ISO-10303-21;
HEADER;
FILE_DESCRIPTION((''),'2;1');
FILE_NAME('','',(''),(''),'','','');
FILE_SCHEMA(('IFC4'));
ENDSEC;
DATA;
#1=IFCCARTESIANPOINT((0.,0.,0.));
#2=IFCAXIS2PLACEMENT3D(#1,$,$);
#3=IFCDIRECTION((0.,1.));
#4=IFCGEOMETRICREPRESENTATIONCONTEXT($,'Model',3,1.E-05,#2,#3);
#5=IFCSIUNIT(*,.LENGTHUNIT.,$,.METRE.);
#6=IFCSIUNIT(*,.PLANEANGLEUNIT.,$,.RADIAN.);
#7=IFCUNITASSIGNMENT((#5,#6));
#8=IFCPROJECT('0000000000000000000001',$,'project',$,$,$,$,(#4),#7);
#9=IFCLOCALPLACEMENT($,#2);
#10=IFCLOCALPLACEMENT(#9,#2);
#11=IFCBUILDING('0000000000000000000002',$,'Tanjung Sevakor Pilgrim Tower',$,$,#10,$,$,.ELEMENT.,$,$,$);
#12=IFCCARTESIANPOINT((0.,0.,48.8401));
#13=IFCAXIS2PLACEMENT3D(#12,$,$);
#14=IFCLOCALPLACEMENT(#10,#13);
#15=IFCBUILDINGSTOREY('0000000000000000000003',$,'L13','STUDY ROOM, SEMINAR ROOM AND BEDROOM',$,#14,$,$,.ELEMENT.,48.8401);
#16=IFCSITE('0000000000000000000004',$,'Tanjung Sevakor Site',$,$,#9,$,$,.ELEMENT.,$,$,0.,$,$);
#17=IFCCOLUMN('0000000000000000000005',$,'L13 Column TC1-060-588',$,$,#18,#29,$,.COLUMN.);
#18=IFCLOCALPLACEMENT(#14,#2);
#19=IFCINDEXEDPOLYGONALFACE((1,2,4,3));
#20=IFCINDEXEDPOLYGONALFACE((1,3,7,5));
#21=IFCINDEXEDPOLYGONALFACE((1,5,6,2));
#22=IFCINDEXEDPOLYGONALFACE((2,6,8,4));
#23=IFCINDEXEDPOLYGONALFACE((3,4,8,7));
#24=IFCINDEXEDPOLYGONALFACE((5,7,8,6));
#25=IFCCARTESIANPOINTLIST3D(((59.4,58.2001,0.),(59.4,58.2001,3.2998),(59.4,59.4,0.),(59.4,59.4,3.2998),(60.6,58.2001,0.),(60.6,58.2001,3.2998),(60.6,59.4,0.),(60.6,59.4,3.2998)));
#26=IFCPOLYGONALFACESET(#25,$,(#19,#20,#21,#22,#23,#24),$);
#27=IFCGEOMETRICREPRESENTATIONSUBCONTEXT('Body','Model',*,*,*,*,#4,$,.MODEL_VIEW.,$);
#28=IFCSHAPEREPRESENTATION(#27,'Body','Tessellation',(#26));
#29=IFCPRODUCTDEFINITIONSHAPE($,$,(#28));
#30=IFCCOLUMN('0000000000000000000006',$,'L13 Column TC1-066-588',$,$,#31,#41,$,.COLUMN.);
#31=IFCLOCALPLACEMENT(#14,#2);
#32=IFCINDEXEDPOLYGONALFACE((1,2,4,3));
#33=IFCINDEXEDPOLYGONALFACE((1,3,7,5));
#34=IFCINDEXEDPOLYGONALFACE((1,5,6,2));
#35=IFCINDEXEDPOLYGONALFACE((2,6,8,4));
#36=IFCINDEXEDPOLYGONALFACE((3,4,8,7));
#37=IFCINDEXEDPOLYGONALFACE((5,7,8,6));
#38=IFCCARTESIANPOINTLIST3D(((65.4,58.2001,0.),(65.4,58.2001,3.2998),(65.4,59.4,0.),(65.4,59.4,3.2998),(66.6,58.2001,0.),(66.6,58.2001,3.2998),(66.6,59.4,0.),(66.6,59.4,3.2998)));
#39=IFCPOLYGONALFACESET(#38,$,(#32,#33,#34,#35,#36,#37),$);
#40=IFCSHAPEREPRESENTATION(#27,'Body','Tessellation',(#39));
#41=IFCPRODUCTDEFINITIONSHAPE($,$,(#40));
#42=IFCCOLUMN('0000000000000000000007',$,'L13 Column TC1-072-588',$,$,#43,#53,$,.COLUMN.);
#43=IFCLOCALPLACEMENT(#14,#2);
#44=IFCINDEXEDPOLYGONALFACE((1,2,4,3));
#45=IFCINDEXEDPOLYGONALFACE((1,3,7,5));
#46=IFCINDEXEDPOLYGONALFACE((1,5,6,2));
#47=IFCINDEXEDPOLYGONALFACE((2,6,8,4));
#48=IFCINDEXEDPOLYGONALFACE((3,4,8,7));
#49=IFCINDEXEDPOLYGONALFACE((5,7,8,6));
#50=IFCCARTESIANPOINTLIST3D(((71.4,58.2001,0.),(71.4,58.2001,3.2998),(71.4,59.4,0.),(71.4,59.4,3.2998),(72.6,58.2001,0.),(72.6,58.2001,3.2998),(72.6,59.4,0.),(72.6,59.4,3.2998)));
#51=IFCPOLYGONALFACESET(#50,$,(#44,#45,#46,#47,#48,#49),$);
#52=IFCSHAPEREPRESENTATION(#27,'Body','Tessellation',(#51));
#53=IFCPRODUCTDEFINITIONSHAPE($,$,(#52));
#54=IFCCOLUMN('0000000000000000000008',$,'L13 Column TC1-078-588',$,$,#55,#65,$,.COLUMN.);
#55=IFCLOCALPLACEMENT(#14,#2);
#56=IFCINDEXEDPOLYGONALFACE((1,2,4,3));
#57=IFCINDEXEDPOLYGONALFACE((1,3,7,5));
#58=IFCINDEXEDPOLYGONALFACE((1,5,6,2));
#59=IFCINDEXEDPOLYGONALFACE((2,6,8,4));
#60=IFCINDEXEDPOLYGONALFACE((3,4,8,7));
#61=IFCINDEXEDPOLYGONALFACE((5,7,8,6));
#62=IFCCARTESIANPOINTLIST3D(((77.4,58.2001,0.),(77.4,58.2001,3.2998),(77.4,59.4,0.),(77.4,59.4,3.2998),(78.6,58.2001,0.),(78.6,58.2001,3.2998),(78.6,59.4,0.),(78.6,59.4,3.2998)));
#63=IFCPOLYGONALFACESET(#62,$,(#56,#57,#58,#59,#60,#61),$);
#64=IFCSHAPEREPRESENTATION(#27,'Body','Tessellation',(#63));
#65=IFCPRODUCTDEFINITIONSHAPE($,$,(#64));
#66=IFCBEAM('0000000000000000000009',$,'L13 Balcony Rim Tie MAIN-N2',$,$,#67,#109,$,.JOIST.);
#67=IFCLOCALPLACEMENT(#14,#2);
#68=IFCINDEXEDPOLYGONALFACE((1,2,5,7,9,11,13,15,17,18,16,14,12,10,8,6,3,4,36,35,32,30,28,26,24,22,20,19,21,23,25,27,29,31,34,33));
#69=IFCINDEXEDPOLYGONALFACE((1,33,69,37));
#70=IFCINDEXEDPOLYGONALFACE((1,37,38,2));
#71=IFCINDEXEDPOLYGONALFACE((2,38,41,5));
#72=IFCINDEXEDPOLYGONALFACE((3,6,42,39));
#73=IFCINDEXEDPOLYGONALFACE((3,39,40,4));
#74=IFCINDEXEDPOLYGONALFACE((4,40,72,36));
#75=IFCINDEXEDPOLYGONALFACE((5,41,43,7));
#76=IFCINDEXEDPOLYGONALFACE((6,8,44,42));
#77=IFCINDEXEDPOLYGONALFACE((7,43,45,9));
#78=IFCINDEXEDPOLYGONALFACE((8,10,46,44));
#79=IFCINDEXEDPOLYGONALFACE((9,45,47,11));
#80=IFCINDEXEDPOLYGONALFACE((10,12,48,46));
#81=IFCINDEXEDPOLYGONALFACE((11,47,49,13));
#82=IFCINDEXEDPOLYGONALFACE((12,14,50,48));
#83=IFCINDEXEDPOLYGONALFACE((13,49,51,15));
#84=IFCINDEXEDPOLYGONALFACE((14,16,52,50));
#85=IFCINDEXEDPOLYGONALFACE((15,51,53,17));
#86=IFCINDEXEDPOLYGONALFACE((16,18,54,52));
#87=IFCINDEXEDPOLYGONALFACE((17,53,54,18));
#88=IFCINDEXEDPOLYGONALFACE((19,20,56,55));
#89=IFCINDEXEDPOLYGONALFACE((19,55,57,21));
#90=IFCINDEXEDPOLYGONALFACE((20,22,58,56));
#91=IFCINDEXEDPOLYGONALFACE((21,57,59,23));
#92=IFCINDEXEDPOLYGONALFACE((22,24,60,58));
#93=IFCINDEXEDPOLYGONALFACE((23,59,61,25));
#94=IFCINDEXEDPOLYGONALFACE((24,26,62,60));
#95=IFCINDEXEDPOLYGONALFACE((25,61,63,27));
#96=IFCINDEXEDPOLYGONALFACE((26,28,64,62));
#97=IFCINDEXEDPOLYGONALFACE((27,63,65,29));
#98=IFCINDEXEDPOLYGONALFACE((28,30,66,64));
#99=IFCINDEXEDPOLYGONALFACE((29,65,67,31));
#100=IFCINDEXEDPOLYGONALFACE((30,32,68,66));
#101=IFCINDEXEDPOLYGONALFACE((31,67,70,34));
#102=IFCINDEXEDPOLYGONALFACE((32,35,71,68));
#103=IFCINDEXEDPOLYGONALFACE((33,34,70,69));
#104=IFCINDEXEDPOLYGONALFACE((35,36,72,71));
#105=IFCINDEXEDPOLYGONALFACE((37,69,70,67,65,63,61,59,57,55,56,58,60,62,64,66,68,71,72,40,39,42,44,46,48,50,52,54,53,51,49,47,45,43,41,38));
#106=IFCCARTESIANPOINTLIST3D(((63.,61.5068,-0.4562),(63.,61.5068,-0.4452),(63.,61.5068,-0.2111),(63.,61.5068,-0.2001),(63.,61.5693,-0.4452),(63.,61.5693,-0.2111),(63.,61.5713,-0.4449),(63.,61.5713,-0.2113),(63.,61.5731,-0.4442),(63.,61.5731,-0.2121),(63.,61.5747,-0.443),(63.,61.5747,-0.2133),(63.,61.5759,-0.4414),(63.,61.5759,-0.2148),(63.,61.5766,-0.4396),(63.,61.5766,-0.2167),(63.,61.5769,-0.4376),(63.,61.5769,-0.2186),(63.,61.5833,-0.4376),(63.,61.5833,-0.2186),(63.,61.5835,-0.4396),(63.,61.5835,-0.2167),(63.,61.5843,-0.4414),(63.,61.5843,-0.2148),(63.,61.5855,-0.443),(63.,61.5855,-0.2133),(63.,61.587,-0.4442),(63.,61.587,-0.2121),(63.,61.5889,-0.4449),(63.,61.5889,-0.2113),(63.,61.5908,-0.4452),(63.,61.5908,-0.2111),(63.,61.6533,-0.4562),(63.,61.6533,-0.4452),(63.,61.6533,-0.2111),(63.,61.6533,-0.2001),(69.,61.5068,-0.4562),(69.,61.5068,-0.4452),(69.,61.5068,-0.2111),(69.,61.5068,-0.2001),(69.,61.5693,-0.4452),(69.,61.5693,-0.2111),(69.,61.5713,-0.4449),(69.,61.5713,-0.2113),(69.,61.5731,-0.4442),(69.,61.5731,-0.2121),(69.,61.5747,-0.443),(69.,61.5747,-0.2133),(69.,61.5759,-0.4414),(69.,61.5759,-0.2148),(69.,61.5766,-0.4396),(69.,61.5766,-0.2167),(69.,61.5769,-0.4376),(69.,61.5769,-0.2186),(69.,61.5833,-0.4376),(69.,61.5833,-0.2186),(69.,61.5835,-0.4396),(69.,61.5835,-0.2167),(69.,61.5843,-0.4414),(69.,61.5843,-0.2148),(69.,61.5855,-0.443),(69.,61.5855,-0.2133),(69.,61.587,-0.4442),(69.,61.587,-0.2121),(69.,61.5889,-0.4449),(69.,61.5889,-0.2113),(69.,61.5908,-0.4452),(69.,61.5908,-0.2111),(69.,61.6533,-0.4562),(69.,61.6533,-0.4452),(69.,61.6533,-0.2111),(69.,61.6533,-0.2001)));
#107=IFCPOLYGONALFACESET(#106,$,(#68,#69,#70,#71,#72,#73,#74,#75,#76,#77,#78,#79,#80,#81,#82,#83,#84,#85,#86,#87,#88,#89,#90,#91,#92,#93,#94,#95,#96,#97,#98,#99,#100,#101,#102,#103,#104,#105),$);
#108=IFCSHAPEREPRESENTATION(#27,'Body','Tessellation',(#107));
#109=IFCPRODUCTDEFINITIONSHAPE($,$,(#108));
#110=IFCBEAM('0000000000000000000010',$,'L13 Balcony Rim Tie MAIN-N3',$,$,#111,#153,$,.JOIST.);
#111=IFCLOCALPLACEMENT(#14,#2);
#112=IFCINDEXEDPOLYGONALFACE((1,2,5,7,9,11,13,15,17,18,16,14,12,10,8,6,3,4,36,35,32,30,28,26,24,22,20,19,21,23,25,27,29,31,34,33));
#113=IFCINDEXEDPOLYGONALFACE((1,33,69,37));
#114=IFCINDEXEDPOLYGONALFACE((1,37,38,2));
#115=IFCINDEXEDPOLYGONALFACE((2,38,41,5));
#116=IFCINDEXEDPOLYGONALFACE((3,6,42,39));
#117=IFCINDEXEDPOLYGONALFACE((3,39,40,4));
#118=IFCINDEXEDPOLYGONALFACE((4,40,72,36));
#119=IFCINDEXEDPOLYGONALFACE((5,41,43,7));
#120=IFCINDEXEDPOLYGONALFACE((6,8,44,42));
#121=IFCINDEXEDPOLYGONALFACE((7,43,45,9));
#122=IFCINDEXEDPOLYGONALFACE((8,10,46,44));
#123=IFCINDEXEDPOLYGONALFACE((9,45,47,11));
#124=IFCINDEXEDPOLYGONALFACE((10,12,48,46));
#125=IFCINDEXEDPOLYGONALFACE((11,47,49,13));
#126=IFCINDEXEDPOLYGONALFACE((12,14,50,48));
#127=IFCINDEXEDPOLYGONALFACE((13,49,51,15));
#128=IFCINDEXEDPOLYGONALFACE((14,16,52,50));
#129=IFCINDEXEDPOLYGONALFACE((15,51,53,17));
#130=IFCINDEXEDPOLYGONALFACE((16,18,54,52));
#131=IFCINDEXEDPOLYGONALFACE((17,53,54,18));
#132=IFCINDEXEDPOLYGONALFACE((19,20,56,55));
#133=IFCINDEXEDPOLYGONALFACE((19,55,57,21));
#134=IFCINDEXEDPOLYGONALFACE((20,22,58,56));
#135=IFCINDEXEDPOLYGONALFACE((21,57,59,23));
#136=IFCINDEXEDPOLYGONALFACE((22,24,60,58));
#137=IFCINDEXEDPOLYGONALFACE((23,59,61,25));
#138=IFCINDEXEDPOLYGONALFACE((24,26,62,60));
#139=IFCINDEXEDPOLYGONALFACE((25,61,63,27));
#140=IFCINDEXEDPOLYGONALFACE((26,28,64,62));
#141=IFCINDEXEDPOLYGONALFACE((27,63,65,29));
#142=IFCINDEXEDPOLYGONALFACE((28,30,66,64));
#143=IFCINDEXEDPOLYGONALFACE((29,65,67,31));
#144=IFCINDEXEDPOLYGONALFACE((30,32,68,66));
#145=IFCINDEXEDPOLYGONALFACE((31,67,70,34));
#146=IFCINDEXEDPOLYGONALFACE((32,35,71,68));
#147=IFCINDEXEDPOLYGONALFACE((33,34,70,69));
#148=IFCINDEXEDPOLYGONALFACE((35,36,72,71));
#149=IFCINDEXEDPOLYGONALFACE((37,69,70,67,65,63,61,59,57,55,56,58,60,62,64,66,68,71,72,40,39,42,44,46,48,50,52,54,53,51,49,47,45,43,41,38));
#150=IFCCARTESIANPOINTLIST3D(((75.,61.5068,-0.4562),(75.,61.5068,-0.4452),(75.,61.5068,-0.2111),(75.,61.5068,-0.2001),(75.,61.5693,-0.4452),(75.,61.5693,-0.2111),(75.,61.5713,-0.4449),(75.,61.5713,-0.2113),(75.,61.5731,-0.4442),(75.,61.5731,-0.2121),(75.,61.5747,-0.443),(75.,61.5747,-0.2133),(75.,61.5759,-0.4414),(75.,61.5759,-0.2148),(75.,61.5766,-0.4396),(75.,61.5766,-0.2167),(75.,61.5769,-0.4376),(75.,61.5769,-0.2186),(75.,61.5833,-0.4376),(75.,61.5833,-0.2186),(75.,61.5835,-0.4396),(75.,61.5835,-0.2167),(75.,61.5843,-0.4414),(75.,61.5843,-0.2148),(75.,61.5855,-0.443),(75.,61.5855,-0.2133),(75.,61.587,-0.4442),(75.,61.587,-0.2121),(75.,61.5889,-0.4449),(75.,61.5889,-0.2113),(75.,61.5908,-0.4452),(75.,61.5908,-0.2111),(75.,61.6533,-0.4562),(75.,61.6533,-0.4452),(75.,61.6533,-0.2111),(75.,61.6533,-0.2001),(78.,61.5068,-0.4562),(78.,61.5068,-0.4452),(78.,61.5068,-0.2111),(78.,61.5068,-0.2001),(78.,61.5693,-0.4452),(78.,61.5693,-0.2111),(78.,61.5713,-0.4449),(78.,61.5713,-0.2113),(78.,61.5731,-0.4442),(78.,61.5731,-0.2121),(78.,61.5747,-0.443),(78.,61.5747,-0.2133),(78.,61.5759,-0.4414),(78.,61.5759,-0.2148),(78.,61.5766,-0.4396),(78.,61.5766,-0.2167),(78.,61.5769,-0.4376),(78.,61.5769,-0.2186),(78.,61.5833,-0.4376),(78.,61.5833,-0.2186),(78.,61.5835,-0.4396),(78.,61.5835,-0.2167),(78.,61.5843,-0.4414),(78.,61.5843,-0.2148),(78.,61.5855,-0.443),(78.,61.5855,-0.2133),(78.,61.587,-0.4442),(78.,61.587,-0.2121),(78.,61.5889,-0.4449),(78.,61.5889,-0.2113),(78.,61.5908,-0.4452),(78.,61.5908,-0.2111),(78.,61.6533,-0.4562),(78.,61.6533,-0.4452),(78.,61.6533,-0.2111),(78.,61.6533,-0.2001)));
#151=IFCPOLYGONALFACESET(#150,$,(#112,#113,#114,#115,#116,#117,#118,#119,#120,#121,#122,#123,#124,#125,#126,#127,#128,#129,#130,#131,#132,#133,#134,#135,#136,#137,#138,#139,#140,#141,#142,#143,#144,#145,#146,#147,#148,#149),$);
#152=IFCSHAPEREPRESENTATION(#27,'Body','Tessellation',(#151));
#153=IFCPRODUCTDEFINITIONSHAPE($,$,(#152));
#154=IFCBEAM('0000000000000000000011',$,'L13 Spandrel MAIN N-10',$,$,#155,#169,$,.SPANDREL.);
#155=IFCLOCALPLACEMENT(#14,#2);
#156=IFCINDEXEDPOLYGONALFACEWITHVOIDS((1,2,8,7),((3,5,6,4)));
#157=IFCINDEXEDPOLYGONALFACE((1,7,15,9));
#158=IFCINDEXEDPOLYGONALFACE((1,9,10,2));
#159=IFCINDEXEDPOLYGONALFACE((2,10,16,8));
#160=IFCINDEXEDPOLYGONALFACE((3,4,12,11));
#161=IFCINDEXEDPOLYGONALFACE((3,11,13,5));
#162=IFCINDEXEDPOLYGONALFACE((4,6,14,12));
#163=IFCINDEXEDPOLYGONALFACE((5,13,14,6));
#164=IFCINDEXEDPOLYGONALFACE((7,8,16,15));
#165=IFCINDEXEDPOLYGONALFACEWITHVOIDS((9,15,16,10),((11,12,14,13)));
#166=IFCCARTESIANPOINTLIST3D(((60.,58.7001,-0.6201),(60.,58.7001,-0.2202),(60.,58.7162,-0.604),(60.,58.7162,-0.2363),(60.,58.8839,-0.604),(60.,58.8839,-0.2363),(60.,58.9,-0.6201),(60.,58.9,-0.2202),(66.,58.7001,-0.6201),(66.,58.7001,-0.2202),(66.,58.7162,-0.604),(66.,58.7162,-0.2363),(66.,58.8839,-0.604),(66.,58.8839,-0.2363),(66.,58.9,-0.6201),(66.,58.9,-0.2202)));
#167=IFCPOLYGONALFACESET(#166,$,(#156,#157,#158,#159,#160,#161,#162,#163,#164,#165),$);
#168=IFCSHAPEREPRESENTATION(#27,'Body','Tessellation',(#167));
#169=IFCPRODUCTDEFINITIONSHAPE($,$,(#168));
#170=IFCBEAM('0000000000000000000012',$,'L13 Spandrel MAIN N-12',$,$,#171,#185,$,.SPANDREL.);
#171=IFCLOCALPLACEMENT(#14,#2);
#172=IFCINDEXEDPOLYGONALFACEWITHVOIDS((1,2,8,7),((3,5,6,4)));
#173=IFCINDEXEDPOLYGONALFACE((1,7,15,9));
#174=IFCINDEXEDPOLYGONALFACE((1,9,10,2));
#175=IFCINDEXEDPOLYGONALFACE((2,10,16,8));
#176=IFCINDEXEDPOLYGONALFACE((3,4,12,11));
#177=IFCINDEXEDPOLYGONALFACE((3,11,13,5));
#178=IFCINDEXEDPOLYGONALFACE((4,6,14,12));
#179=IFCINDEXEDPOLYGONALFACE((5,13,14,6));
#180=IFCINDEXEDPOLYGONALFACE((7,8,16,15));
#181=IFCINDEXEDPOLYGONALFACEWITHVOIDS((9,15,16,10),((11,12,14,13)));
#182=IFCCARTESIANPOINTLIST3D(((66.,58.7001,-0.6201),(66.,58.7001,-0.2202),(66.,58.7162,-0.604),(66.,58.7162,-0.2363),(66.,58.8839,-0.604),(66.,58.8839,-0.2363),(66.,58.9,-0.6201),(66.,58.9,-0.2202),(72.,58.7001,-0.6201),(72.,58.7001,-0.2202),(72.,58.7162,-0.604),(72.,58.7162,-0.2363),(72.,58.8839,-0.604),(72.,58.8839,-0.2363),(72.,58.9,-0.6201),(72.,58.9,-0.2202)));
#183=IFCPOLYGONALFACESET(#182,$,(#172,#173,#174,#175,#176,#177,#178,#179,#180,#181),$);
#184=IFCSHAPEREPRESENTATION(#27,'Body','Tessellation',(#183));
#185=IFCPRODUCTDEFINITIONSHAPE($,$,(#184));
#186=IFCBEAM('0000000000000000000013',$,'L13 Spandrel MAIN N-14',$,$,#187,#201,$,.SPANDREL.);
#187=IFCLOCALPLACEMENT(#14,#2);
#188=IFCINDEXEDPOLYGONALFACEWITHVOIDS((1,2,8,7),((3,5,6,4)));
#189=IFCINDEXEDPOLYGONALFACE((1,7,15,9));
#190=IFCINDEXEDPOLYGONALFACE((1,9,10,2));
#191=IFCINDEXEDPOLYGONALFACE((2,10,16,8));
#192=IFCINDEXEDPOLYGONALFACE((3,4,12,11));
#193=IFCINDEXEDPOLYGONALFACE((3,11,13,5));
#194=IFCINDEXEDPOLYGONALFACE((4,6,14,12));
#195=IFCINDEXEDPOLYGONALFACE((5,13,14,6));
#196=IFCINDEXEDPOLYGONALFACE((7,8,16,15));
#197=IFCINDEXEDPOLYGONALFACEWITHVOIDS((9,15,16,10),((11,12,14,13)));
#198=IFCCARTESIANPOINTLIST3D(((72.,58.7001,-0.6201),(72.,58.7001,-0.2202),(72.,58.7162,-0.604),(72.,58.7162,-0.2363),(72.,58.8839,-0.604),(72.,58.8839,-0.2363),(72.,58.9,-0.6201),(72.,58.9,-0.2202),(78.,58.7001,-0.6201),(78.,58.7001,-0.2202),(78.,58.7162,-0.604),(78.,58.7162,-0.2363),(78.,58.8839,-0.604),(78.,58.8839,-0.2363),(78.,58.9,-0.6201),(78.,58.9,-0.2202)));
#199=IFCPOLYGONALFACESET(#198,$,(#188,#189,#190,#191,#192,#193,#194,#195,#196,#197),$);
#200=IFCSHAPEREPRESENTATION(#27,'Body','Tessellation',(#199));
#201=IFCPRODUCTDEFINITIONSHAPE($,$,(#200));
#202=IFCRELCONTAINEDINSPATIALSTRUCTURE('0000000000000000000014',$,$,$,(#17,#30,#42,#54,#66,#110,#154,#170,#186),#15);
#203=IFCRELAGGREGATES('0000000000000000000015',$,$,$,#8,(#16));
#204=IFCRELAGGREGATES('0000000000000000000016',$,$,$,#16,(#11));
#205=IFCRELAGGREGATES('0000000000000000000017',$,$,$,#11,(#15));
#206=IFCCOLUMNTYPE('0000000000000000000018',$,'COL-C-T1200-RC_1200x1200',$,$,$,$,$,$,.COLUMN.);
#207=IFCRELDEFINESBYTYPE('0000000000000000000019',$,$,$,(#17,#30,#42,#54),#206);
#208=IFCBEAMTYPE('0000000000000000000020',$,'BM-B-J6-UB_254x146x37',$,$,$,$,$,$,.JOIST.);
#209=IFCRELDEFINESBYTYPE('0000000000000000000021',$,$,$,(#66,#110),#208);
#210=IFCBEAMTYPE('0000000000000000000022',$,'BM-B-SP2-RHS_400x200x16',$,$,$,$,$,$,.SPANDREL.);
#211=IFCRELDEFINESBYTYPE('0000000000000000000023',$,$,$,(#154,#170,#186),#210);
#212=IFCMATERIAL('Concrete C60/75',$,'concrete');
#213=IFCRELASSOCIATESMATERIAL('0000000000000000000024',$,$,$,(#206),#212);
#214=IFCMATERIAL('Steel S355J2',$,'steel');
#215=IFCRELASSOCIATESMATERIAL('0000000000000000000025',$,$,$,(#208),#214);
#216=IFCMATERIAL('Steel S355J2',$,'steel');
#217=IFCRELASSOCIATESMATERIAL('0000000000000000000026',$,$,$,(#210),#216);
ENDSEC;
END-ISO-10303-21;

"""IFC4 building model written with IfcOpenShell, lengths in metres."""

from ifc_helpers import new_model, si_unit, direction, frame, origin, origin_2d, place, context, subcontext, project, spatial, rectangle, hollow_rectangle, i_section, extrude, material, material_profile, profile_set, type_object, element, save


model = new_model("IFC4")

# Units and contexts
model_context = context("Model", 3, precision=1e-05, world=origin(), true_north=direction((0.0, 1.0)))
body_context = subcontext(model_context, "Body", "Model", "MODEL_VIEW")
ifc_project = project(units=[si_unit("LENGTHUNIT", "METRE"), si_unit("PLANEANGLEUNIT", "RADIAN")], contexts=[model_context])

# Site, building, storey
site_placement = place(None, origin())
site = spatial("IfcSite", under=ifc_project, at=site_placement, Name="Tanjung Sevakor Site", CompositionType="ELEMENT", RefElevation=0.0)
building_placement = place(site_placement, origin())
building = spatial("IfcBuilding", under=site, at=building_placement, Name="Tanjung Sevakor Pilgrim Tower", CompositionType="ELEMENT")
storey_placement = place(building_placement, frame((0.0, 0.0, 48.8401)))
storey = spatial("IfcBuildingStorey", under=building, at=storey_placement, Name="L13", Description="STUDY ROOM, SEMINAR ROOM AND BEDROOM", CompositionType="ELEMENT", Elevation=48.8401)

# Columns
ifc_material_1 = material(Name="Concrete C60/75", Category="concrete")
ifc_material_profile_1 = material_profile(ifc_material_1, rectangle(XDim=1.2, YDim=1.2, at=origin_2d()))
ifc_profile_set_1 = profile_set([ifc_material_profile_1], Name="Concrete C60/75")
column_type = type_object("IfcColumnType", Name="COL-C-T1200-RC_1200x1200", PredefinedType="COLUMN", material=ifc_profile_set_1)
for number, where, z_axis, x_axis, name in (
    (1, (60.0, 58.8, 0.0), (0.0, 0.0, 1.0), (1.0, 0.0, 0.0), "L13 Column TC1-060-588"),
    (2, (66.0, 58.8, 0.0), (0.0, 0.0, 1.0), (1.0, 0.0, 0.0), "L13 Column TC1-066-588"),
    (3, (72.0, 58.8, 0.0), (0.0, 0.0, 1.0), (1.0, 0.0, 0.0), "L13 Column TC1-072-588"),
    (4, (78.0, 58.8, 0.0), (0.0, 0.0, 1.0), (1.0, 0.0, 0.0), "L13 Column TC1-078-588"),
):
    element("IfcColumn", number, at=place(storey_placement, frame(where, z_axis=z_axis, x_axis=x_axis)), inside=storey, type_object=column_type, Name=name, PredefinedType="COLUMN", context=body_context, shape_type="SweptSolid", body=[
        extrude(rectangle(XDim=1.2, YDim=1.2, at=origin_2d()), origin(), (0.0, 0.0, 1.0), 3.2998),
    ])

# Beams
ifc_material_2 = material(Name="Steel S355J2", Category="steel")
ifc_material_profile_2 = material_profile(ifc_material_2, i_section(OverallWidth=0.1465, OverallDepth=0.2561, WebThickness=0.0063, FlangeThickness=0.011, FilletRadius=0.0076, at=origin_2d()))
ifc_profile_set_2 = profile_set([ifc_material_profile_2], Name="Steel S355J2")
beam_type_1 = type_object("IfcBeamType", Name="BM-B-J6-UB_254x146x37", PredefinedType="JOIST", material=ifc_profile_set_2)
beam_1_placement = place(storey_placement, frame((63.0, 61.5801, -0.3281), z_axis=(1.0, 0.0, 0.0), x_axis=(0.0, 1.0, 0.0)))
element("IfcBeam", 5, at=beam_1_placement, inside=storey, type_object=beam_type_1, Name="L13 Balcony Rim Tie MAIN-N2", PredefinedType="JOIST", context=body_context, shape_type="SweptSolid", body=[
    extrude(i_section(OverallWidth=0.1465, OverallDepth=0.2561, WebThickness=0.0063, FlangeThickness=0.011, FilletRadius=0.0076, at=origin_2d()), origin(), (0.0, 0.0, 1.0), 6.0),
])
beam_2_placement = place(storey_placement, frame((75.0, 61.5801, -0.3281), z_axis=(1.0, 0.0, 0.0), x_axis=(0.0, 1.0, 0.0)))
element("IfcBeam", 6, at=beam_2_placement, inside=storey, type_object=beam_type_1, Name="L13 Balcony Rim Tie MAIN-N3", PredefinedType="JOIST", context=body_context, shape_type="SweptSolid", body=[
    extrude(i_section(OverallWidth=0.1465, OverallDepth=0.2561, WebThickness=0.0063, FlangeThickness=0.011, FilletRadius=0.0076, at=origin_2d()), origin(), (0.0, 0.0, 1.0), 3.0),
])
ifc_material_3 = material(Name="Steel S355J2", Category="steel")
ifc_material_profile_3 = material_profile(ifc_material_3, hollow_rectangle(XDim=0.2, YDim=0.3999, WallThickness=0.0161, at=origin_2d()))
ifc_profile_set_3 = profile_set([ifc_material_profile_3], Name="Steel S355J2")
beam_type_2 = type_object("IfcBeamType", Name="BM-B-SP2-RHS_400x200x16", PredefinedType="SPANDREL", material=ifc_profile_set_3)
for number, where, z_axis, x_axis, name in (
    (7, (60.0, 58.8, -0.4202), (1.0, 0.0, 0.0), (0.0, 1.0, 0.0), "L13 Spandrel MAIN N-10"),
    (8, (66.0, 58.8, -0.4202), (1.0, 0.0, 0.0), (0.0, 1.0, 0.0), "L13 Spandrel MAIN N-12"),
    (9, (72.0, 58.8, -0.4202), (1.0, 0.0, 0.0), (0.0, 1.0, 0.0), "L13 Spandrel MAIN N-14"),
):
    element("IfcBeam", number, at=place(storey_placement, frame(where, z_axis=z_axis, x_axis=x_axis)), inside=storey, type_object=beam_type_2, Name=name, PredefinedType="SPANDREL", context=body_context, shape_type="SweptSolid", body=[
        extrude(hollow_rectangle(XDim=0.2, YDim=0.3999, WallThickness=0.0161, at=origin_2d()), origin(), (0.0, 0.0, 1.0), 6.0),
    ])

save(model, "model.ifc")
